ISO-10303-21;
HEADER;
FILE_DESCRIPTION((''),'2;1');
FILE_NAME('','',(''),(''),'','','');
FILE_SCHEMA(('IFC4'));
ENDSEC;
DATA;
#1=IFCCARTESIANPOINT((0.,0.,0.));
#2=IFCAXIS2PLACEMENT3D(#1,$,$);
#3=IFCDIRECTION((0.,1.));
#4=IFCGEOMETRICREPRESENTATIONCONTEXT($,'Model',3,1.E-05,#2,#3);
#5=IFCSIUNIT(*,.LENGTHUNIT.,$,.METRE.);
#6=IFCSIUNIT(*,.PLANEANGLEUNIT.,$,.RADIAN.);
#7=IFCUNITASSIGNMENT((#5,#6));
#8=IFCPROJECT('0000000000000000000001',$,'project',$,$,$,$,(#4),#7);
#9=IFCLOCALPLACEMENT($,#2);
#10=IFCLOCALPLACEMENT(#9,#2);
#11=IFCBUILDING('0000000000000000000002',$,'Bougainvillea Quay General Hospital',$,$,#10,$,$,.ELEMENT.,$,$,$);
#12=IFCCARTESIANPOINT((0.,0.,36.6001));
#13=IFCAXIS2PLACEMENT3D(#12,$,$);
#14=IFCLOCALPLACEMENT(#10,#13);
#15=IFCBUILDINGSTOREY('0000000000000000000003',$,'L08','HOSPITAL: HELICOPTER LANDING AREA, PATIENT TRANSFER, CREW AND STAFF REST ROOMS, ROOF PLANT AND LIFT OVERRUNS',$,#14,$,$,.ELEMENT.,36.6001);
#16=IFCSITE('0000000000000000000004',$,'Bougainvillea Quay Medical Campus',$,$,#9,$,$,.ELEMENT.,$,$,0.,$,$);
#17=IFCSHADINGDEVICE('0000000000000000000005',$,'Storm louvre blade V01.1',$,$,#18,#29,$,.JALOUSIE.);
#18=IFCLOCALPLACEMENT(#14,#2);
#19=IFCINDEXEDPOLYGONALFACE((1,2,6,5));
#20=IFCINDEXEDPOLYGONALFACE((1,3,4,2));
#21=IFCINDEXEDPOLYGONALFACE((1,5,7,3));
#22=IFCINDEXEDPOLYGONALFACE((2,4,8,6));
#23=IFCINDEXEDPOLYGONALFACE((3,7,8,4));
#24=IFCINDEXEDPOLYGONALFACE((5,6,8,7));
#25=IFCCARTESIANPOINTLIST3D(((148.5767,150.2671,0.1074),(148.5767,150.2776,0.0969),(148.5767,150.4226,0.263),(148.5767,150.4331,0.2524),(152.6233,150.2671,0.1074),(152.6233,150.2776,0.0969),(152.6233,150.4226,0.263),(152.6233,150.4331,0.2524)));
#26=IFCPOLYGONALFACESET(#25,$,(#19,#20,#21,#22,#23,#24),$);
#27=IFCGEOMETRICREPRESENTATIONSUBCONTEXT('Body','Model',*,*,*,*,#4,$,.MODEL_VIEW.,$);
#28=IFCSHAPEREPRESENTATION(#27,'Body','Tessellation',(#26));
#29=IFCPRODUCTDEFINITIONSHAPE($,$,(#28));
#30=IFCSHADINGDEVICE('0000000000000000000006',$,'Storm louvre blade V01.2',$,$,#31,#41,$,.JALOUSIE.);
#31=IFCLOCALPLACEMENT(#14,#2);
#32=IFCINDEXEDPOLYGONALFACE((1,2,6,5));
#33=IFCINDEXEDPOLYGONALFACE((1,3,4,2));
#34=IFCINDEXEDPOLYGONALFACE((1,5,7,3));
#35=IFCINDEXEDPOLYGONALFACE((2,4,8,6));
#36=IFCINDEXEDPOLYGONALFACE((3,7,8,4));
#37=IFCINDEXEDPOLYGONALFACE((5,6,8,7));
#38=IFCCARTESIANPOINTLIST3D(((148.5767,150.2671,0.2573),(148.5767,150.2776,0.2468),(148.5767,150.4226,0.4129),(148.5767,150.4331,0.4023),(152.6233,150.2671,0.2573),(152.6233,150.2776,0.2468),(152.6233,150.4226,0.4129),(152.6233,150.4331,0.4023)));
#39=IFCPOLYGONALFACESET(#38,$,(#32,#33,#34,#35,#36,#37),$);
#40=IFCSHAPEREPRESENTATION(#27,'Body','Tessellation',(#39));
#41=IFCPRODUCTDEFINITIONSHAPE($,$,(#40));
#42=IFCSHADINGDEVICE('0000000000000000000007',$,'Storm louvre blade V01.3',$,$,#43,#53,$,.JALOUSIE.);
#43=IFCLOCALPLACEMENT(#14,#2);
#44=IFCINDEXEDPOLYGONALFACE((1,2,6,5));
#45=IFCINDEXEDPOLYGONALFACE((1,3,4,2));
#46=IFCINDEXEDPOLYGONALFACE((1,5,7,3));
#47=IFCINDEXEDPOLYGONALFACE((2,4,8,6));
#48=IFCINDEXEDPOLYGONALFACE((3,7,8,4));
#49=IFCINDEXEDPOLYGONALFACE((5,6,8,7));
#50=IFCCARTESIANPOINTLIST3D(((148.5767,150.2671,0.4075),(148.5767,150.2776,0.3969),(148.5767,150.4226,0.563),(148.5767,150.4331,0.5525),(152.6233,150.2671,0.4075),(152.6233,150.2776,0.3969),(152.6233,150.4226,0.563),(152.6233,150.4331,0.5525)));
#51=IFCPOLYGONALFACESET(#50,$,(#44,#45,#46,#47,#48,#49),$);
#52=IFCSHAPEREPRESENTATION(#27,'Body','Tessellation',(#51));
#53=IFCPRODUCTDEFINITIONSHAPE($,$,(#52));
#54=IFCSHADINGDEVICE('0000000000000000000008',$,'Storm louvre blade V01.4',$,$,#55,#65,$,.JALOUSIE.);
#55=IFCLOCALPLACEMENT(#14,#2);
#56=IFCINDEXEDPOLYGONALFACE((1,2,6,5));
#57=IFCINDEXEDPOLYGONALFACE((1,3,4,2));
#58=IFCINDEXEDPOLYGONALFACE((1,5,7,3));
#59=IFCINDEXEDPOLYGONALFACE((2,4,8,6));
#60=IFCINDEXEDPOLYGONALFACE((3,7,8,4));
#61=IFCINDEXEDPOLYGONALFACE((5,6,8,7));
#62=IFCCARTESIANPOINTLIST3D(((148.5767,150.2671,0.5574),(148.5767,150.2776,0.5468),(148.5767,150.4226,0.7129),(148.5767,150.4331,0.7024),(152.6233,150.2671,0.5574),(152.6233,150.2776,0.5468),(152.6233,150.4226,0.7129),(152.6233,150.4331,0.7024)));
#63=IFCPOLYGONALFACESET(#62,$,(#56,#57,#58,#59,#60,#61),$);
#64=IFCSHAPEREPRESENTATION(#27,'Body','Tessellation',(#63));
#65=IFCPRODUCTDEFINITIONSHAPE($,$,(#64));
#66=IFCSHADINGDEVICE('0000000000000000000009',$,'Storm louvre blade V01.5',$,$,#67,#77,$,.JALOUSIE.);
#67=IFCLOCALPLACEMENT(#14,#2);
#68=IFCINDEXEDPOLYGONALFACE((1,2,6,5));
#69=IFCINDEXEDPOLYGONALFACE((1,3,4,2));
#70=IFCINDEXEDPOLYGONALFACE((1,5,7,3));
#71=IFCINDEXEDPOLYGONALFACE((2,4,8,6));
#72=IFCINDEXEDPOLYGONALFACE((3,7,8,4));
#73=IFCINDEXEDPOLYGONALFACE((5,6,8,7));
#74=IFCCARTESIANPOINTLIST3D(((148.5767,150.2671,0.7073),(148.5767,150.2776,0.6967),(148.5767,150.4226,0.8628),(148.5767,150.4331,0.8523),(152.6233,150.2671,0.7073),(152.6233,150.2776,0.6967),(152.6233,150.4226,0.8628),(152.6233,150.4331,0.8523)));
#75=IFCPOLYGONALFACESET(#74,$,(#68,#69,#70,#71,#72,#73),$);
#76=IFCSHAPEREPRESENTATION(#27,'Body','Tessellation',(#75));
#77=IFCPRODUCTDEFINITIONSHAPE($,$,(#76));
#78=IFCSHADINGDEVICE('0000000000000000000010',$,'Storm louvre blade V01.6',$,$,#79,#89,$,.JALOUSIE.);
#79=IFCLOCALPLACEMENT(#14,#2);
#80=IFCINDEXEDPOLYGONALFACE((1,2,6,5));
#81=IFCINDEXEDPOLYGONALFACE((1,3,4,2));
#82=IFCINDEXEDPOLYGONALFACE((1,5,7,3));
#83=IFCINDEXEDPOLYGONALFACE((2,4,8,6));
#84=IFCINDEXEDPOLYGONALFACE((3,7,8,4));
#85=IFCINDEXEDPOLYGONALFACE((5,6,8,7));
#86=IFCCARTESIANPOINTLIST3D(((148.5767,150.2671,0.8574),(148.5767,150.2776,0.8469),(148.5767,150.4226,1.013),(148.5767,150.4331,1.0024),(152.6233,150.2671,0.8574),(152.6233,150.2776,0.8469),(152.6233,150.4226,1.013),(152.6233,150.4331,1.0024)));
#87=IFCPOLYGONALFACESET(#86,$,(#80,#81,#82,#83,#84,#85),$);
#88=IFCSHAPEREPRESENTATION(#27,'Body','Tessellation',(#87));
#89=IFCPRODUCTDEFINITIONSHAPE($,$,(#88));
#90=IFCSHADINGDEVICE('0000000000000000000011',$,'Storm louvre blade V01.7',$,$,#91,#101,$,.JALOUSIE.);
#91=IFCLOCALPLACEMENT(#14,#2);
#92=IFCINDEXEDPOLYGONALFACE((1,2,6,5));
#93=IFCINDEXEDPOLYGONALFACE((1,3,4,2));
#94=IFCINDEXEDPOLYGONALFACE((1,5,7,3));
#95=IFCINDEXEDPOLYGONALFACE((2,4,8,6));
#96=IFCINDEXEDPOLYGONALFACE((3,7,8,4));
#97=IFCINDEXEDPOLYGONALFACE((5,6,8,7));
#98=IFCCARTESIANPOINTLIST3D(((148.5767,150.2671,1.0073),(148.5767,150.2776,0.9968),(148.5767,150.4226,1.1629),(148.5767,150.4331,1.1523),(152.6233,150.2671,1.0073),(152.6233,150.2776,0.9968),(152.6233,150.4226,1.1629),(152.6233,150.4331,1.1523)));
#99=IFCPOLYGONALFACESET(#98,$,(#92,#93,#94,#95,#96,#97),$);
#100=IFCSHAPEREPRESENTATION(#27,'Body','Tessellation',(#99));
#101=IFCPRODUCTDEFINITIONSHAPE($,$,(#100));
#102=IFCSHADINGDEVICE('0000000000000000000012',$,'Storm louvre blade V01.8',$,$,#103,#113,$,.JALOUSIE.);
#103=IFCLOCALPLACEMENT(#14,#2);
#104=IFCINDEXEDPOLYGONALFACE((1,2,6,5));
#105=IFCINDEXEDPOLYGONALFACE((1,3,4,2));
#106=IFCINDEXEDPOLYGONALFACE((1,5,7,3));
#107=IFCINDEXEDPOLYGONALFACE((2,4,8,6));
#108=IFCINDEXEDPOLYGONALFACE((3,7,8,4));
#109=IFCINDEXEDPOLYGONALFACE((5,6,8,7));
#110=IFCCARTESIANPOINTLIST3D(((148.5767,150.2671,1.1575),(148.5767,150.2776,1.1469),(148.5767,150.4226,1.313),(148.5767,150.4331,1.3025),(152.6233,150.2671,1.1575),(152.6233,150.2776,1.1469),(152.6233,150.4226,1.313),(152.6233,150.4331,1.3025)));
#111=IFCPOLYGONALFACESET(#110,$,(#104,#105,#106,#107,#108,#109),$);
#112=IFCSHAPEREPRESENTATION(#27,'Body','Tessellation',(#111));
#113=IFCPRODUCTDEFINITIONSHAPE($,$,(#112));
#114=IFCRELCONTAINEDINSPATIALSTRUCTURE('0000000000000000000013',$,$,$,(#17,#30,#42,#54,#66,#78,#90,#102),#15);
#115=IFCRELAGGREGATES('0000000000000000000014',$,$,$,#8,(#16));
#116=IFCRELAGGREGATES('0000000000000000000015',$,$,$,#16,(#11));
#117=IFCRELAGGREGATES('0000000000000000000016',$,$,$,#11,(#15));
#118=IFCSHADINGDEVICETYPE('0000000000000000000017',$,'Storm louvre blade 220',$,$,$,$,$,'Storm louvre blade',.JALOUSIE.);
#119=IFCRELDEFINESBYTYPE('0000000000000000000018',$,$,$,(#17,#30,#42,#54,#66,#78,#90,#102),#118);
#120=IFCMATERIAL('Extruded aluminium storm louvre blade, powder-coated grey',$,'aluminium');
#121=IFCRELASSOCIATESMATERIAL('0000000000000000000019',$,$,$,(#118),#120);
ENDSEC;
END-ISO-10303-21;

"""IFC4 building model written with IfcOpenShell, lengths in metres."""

from ifc_helpers import new_model, si_unit, direction, frame, origin, origin_2d, place, context, subcontext, project, spatial, rectangle, extrude, material, material_profile, profile_set, type_object, element, save


model = new_model("IFC4")

# Units and contexts
model_context = context("Model", 3, precision=1e-05, world=origin(), true_north=direction((0.0, 1.0)))
body_context = subcontext(model_context, "Body", "Model", "MODEL_VIEW")
ifc_project = project(units=[si_unit("LENGTHUNIT", "METRE"), si_unit("PLANEANGLEUNIT", "RADIAN")], contexts=[model_context])

# Site, building, storey
site_placement = place(None, origin())
site = spatial("IfcSite", under=ifc_project, at=site_placement, Name="Bougainvillea Quay Medical Campus", CompositionType="ELEMENT", RefElevation=0.0)
building_placement = place(site_placement, origin())
building = spatial("IfcBuilding", under=site, at=building_placement, Name="Bougainvillea Quay General Hospital", CompositionType="ELEMENT")
storey_placement = place(building_placement, frame((0.0, 0.0, 36.6001)))
storey = spatial("IfcBuildingStorey", under=building, at=storey_placement, Name="L08", Description="HOSPITAL: HELICOPTER LANDING AREA, PATIENT TRANSFER, CREW AND STAFF REST ROOMS, ROOF PLANT AND LIFT OVERRUNS", CompositionType="ELEMENT", Elevation=36.6001)

# Shading devices
ifc_material_1 = material(Name="Extruded aluminium storm louvre blade, powder-coated grey", Category="aluminium")
ifc_material_profile_1 = material_profile(ifc_material_1, rectangle(XDim=0.22, YDim=0.0149, at=origin_2d()))
ifc_profile_set_1 = profile_set([ifc_material_profile_1], Name="Extruded aluminium storm louvre blade, powder-coated grey")
shading_device_type_1 = type_object("IfcShadingDeviceType", Name="Storm louvre blade 220", ElementType="Storm louvre blade", PredefinedType="JALOUSIE", material=ifc_profile_set_1)
for number, where, z_axis, x_axis, name in (
    (1, (148.5767, 150.3501, 0.1799), (1.0, 0.0, 0.0), (0.0, 0.707107, 0.707107), "Storm louvre blade V01.1"),
    (2, (148.5767, 150.3501, 0.3298), (1.0, 0.0, 0.0), (0.0, 0.707107, 0.707107), "Storm louvre blade V01.2"),
    (3, (148.5767, 150.3501, 0.48), (1.0, 0.0, 0.0), (0.0, 0.707107, 0.707107), "Storm louvre blade V01.3"),
    (4, (148.5767, 150.3501, 0.6299), (1.0, 0.0, 0.0), (0.0, 0.707107, 0.707107), "Storm louvre blade V01.4"),
    (5, (148.5767, 150.3501, 0.7798), (1.0, 0.0, 0.0), (0.0, 0.707107, 0.707107), "Storm louvre blade V01.5"),
    (6, (148.5767, 150.3501, 0.9299), (1.0, 0.0, 0.0), (0.0, 0.707107, 0.707107), "Storm louvre blade V01.6"),
    (7, (148.5767, 150.3501, 1.0798), (1.0, 0.0, 0.0), (0.0, 0.707107, 0.707107), "Storm louvre blade V01.7"),
    (8, (148.5767, 150.3501, 1.23), (1.0, 0.0, 0.0), (0.0, 0.707107, 0.707107), "Storm louvre blade V01.8"),
):
    element("IfcShadingDevice", number, at=place(storey_placement, frame(where, z_axis=z_axis, x_axis=x_axis)), inside=storey, type_object=shading_device_type_1, Name=name, PredefinedType="JALOUSIE", context=body_context, shape_type="SweptSolid", body=[
        extrude(rectangle(XDim=0.22, YDim=0.0149, at=origin_2d()), origin(), (0.0, 0.0, 1.0), 4.0466),
    ])

save(model, "model.ifc")
